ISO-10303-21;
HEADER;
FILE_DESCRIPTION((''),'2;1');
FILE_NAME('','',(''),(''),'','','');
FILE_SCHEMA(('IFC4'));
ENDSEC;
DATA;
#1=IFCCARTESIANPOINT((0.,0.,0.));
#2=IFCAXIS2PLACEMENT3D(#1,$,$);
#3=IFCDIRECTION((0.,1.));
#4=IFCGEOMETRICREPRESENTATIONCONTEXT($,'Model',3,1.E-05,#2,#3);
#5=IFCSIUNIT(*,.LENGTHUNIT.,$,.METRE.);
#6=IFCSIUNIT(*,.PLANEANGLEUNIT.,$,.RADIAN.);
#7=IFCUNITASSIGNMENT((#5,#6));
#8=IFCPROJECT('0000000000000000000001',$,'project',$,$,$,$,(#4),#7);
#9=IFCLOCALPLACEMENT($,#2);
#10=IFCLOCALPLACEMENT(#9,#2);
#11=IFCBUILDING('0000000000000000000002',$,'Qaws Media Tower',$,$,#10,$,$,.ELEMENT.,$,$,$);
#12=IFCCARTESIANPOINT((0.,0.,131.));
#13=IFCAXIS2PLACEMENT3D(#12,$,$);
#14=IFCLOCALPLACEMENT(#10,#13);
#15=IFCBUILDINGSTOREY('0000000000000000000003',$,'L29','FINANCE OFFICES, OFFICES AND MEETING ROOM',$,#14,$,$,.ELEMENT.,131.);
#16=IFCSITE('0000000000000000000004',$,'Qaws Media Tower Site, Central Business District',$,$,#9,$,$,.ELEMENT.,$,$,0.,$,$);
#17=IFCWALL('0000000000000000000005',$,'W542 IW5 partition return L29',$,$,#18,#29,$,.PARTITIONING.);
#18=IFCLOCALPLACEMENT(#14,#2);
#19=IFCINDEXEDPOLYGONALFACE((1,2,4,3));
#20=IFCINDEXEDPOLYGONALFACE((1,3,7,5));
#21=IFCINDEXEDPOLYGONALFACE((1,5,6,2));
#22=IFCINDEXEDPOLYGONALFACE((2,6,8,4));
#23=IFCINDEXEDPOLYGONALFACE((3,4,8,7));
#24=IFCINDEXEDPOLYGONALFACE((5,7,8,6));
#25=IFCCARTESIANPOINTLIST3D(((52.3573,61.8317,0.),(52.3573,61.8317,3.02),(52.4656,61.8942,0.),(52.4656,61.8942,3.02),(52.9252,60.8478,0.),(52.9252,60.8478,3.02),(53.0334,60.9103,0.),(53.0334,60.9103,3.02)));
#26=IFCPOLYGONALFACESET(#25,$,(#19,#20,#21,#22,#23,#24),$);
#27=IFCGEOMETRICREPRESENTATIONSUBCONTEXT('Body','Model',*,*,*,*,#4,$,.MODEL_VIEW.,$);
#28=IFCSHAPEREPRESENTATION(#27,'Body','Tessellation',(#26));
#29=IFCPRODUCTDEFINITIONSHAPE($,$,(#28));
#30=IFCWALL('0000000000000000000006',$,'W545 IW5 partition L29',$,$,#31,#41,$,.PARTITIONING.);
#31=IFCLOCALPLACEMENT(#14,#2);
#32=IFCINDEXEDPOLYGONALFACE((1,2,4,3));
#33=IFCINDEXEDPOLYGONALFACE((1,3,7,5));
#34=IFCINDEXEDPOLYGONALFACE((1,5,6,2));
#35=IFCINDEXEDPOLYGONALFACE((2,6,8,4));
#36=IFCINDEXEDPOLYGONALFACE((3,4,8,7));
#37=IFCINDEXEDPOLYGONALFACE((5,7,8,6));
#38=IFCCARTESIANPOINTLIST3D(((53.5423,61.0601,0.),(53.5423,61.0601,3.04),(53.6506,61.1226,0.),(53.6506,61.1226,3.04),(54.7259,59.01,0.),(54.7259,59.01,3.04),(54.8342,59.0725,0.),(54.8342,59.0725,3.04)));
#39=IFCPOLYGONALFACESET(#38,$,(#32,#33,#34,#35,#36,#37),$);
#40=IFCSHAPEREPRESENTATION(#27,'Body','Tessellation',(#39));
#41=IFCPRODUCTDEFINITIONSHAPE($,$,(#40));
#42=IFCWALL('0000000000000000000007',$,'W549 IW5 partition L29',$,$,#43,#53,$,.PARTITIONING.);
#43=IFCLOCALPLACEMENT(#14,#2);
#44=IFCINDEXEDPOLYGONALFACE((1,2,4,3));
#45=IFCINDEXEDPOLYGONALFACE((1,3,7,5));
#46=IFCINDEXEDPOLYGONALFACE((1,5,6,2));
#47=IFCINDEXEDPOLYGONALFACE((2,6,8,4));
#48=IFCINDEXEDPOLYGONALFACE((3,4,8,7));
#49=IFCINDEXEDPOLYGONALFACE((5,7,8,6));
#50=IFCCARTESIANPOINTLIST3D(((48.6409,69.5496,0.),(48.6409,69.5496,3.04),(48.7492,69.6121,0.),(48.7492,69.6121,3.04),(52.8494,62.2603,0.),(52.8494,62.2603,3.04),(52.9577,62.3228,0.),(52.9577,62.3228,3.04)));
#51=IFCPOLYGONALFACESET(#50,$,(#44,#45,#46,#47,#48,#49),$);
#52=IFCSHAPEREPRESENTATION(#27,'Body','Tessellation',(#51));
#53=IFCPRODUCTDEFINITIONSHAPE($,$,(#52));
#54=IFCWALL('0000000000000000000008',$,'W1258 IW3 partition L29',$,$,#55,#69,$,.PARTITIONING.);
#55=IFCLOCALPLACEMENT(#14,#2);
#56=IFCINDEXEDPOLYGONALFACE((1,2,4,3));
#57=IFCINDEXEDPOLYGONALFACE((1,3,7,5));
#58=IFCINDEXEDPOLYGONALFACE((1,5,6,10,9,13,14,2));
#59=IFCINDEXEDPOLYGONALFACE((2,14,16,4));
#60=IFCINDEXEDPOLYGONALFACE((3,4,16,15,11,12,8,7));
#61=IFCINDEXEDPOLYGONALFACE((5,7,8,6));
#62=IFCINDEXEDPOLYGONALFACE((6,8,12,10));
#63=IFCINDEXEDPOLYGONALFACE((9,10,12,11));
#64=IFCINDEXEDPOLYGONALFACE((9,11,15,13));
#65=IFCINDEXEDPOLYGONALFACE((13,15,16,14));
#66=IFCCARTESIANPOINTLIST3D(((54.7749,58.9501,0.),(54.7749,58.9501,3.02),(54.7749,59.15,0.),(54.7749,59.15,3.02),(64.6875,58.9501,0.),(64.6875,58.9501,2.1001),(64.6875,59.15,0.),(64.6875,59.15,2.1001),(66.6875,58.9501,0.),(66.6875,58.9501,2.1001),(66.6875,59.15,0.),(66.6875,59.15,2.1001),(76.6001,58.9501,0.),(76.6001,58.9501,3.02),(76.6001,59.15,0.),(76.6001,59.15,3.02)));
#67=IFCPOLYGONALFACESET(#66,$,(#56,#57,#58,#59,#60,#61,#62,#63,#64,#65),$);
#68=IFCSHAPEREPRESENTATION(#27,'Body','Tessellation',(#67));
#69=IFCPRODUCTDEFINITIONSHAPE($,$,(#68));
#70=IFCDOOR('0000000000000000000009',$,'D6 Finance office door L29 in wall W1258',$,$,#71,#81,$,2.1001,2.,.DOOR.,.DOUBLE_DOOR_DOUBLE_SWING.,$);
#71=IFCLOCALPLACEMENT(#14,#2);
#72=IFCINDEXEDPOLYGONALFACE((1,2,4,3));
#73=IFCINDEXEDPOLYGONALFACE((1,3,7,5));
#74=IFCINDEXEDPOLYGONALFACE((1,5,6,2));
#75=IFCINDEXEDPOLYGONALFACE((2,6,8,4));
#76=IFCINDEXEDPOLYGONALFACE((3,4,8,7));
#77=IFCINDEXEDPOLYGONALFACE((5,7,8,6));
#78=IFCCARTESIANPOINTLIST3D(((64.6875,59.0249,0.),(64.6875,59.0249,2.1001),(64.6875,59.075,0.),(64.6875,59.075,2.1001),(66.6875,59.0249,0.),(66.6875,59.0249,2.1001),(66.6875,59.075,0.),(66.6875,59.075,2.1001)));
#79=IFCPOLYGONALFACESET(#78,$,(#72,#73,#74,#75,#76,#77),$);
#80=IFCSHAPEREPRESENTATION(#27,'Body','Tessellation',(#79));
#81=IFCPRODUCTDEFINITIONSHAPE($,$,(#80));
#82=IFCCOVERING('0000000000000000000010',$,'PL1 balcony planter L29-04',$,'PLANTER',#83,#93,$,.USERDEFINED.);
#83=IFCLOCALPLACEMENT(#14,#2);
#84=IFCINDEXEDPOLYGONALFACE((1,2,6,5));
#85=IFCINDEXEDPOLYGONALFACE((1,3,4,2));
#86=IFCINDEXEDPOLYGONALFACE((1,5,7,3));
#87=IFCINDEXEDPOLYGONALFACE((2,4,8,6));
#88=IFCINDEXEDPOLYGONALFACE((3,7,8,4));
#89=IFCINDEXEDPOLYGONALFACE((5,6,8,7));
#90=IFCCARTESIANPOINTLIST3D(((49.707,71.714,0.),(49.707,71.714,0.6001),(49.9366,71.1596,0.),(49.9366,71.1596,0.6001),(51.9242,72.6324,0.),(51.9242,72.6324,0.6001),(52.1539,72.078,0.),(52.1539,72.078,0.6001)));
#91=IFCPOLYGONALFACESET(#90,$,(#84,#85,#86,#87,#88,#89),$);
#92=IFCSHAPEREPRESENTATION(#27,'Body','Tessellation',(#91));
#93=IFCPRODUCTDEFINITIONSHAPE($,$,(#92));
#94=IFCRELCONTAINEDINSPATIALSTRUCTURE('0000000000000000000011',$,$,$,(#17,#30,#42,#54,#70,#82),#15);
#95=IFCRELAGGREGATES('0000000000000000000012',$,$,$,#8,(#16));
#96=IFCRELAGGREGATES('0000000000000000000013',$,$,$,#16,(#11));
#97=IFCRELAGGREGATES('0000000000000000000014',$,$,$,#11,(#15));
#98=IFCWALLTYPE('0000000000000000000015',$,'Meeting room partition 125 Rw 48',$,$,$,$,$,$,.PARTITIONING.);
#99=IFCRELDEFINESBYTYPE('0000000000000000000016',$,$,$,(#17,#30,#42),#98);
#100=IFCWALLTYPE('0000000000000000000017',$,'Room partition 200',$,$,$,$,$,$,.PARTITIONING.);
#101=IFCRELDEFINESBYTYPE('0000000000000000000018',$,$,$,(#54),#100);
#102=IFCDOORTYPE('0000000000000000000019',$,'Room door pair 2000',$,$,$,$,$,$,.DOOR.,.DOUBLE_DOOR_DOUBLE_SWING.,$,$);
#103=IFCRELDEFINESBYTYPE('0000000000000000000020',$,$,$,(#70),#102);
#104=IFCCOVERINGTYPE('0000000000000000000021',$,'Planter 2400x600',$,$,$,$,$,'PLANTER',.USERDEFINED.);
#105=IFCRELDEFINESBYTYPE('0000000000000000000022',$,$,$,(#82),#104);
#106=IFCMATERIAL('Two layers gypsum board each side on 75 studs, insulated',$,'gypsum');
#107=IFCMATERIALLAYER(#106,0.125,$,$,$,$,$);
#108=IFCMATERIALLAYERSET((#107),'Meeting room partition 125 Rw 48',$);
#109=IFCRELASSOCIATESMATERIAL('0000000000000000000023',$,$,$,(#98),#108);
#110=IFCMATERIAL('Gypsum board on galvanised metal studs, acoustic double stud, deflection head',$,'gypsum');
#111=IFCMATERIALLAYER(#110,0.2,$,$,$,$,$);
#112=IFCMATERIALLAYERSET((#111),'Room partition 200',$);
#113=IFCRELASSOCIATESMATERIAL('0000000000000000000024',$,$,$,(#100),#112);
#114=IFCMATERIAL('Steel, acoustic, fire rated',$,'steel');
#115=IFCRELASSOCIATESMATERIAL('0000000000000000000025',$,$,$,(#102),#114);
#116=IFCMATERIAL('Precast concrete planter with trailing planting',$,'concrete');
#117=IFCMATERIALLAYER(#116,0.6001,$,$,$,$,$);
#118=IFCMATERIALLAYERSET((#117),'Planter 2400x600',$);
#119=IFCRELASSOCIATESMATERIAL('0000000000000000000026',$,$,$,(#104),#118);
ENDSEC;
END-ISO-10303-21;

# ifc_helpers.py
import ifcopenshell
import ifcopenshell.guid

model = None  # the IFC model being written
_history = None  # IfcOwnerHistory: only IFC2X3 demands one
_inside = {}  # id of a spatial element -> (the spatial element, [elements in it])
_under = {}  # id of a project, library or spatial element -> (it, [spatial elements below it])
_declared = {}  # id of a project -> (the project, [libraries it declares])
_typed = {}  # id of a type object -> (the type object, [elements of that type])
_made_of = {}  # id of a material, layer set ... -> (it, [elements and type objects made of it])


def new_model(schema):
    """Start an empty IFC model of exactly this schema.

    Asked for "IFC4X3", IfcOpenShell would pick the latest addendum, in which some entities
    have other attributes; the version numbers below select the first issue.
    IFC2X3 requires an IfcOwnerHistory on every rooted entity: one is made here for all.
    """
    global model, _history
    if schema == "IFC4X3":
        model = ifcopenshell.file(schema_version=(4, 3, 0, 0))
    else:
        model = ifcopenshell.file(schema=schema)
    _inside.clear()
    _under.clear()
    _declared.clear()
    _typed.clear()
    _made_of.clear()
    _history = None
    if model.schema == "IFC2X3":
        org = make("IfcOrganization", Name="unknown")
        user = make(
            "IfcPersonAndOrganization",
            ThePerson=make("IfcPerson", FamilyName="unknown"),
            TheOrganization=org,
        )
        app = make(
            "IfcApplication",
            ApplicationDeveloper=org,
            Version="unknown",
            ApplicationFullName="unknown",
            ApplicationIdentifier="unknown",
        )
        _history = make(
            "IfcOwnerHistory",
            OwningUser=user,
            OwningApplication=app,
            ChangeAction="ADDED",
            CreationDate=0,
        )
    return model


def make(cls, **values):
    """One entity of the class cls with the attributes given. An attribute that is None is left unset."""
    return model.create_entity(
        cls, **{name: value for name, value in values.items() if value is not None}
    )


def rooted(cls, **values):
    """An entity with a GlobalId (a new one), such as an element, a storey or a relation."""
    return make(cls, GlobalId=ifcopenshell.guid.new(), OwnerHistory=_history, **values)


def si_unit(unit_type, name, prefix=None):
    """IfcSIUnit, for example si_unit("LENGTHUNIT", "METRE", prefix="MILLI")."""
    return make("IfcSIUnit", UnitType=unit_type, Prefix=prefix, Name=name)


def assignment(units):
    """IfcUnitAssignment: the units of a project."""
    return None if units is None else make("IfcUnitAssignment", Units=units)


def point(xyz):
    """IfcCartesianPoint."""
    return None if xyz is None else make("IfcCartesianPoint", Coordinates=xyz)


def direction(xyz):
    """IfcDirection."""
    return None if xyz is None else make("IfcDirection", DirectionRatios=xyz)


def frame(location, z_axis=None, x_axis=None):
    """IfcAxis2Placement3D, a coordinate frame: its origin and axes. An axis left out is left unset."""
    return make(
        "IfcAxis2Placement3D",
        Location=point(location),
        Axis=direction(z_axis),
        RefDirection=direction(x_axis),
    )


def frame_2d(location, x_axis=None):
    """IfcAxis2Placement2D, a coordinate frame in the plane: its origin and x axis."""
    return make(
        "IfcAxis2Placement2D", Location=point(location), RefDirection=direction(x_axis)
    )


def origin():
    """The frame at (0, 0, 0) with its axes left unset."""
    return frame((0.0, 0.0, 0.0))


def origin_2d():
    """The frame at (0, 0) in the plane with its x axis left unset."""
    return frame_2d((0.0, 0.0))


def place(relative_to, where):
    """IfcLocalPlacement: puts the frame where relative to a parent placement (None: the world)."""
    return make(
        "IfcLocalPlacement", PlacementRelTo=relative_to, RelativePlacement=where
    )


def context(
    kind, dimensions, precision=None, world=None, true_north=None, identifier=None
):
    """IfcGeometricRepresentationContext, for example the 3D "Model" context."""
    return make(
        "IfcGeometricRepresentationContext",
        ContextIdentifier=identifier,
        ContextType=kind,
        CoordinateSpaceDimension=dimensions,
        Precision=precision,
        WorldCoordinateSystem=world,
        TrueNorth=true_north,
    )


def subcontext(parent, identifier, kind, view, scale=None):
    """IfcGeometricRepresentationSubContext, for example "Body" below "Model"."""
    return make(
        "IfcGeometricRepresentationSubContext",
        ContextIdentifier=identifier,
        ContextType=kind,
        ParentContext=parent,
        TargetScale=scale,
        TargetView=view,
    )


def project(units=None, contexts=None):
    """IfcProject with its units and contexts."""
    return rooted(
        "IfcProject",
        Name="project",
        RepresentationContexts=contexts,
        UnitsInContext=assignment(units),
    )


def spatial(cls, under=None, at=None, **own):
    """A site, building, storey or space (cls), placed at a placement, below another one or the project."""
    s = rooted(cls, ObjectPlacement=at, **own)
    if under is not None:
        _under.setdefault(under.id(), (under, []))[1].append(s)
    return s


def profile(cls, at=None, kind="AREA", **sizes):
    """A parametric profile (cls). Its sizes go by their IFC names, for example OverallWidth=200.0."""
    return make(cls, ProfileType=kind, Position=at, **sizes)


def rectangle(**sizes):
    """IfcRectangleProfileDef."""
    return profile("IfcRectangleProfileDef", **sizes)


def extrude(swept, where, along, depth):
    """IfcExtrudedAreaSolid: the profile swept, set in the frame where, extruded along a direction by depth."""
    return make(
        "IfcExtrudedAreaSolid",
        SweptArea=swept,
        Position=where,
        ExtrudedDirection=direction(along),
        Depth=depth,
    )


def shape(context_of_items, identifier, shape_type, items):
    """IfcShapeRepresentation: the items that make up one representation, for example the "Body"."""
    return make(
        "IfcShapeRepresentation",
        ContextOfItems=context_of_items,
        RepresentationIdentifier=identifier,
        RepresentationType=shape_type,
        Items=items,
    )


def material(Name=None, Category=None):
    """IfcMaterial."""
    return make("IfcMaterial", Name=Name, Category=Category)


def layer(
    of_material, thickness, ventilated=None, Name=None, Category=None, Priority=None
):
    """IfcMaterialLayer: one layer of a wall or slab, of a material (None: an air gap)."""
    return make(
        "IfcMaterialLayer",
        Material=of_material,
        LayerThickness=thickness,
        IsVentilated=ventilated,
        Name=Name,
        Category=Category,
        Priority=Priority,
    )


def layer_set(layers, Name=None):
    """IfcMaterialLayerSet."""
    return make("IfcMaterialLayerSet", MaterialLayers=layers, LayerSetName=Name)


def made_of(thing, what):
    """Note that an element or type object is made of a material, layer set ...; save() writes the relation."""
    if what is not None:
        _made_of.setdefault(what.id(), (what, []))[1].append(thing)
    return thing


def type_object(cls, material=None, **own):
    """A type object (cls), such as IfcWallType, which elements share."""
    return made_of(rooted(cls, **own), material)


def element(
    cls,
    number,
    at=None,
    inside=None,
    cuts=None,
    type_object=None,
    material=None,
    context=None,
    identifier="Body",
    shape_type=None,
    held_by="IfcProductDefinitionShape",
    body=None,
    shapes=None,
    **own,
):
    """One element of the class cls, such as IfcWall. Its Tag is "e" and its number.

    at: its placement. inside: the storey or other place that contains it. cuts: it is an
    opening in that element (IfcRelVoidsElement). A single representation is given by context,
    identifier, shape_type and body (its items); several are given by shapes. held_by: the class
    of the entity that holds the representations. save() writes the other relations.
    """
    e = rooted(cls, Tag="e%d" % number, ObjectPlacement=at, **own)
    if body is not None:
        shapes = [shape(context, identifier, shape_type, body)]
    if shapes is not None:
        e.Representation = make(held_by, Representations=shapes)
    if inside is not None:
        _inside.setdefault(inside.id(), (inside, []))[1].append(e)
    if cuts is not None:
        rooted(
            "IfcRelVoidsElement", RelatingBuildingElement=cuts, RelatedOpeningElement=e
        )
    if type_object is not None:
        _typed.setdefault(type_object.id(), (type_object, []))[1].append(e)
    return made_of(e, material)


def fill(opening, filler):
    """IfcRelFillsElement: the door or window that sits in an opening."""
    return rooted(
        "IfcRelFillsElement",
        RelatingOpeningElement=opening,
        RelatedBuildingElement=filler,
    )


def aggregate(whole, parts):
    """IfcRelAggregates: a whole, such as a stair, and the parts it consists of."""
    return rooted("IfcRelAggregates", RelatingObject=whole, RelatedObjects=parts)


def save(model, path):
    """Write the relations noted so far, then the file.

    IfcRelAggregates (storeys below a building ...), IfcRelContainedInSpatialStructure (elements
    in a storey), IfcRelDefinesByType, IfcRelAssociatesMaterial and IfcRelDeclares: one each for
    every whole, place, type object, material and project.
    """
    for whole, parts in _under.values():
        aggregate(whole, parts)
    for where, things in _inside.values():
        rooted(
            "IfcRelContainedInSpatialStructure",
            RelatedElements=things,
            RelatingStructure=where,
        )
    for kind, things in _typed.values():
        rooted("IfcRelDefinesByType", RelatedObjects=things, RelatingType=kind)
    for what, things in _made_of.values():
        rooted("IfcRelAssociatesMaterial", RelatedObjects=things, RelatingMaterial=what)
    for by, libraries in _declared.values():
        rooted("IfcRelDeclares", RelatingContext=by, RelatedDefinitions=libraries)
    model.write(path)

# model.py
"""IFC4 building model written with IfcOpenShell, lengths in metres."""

from ifc_helpers import new_model, si_unit, direction, frame, frame_2d, origin, origin_2d, place, context, subcontext, project, spatial, rectangle, extrude, material, layer, layer_set, type_object, element, fill, save


model = new_model("IFC4")

# Units and contexts
model_context = context("Model", 3, precision=1e-05, world=origin(), true_north=direction((0.0, 1.0)))
body_context = subcontext(model_context, "Body", "Model", "MODEL_VIEW")
ifc_project = project(units=[si_unit("LENGTHUNIT", "METRE"), si_unit("PLANEANGLEUNIT", "RADIAN")], contexts=[model_context])

# Site, building, storey
site_placement = place(None, origin())
site = spatial("IfcSite", under=ifc_project, at=site_placement, Name="Qaws Media Tower Site, Central Business District", CompositionType="ELEMENT", RefElevation=0.0)
building_placement = place(site_placement, origin())
building = spatial("IfcBuilding", under=site, at=building_placement, Name="Qaws Media Tower", CompositionType="ELEMENT")
storey_placement = place(building_placement, frame((0.0, 0.0, 131.0)))
storey = spatial("IfcBuildingStorey", under=building, at=storey_placement, Name="L29", Description="FINANCE OFFICES, OFFICES AND MEETING ROOM", CompositionType="ELEMENT", Elevation=131.0)

# Walls
ifc_material_1 = material(Name="Two layers gypsum board each side on 75 studs, insulated", Category="gypsum")
ifc_layer_1 = layer(ifc_material_1, 0.125)
ifc_layer_set_1 = layer_set([ifc_layer_1], Name="Meeting room partition 125 Rw 48")
wall_type_1 = type_object("IfcWallType", Name="Meeting room partition 125 Rw 48", PredefinedType="PARTITIONING", material=ifc_layer_set_1)
wall_1_placement = place(storey_placement, frame((52.9792, 60.8792, 0.0), z_axis=(0.0, 0.0, 1.0), x_axis=(-0.499884, 0.866093, 0.0)))
element("IfcWall", 1, at=wall_1_placement, inside=storey, type_object=wall_type_1, Name="W542 IW5 partition return L29", PredefinedType="PARTITIONING", context=body_context, shape_type="SweptSolid", body=[
    extrude(rectangle(XDim=1.136, YDim=0.125, at=frame_2d((0.5679, 0.0))), origin(), (0.0, 0.0, 1.0), 3.02),
])
wall_2_placement = place(storey_placement, frame((54.78, 59.0413, 0.0), z_axis=(0.0, 0.0, 1.0), x_axis=(-0.499999, 0.866026, 0.0)))
element("IfcWall", 2, at=wall_2_placement, inside=storey, type_object=wall_type_1, Name="W545 IW5 partition L29", PredefinedType="PARTITIONING", context=body_context, shape_type="SweptSolid", body=[
    extrude(rectangle(XDim=2.3672, YDim=0.125, at=frame_2d((1.1836, 0.0))), origin(), (0.0, 0.0, 1.0), 3.04),
])
wall_3_placement = place(storey_placement, frame((52.9036, 62.2915, 0.0), z_axis=(0.0, 0.0, 1.0), x_axis=(-0.500001, 0.866025, 0.0)))
element("IfcWall", 3, at=wall_3_placement, inside=storey, type_object=wall_type_1, Name="W549 IW5 partition L29", PredefinedType="PARTITIONING", context=body_context, shape_type="SweptSolid", body=[
    extrude(rectangle(XDim=8.417, YDim=0.125, at=frame_2d((4.2085, 0.0))), origin(), (0.0, 0.0, 1.0), 3.04),
])

# Wall, opening, door
ifc_material_2 = material(Name="Gypsum board on galvanised metal studs, acoustic double stud, deflection head", Category="gypsum")
ifc_layer_2 = layer(ifc_material_2, 0.2)
ifc_layer_set_2 = layer_set([ifc_layer_2], Name="Room partition 200")
wall_type_2 = type_object("IfcWallType", Name="Room partition 200", PredefinedType="PARTITIONING", material=ifc_layer_set_2)
wall_4_placement = place(storey_placement, frame((54.7749, 59.05, 0.0), z_axis=(0.0, 0.0, 1.0), x_axis=(1.0, 0.0, 0.0)))
wall_4 = element("IfcWall", 4, at=wall_4_placement, inside=storey, type_object=wall_type_2, Name="W1258 IW3 partition L29", PredefinedType="PARTITIONING", context=body_context, shape_type="SweptSolid", body=[
    extrude(rectangle(XDim=21.8252, YDim=0.2, at=frame_2d((10.9126, 0.0))), origin(), (0.0, 0.0, 1.0), 3.02),
])
opening_placement = place(wall_4_placement, frame((9.9126, 0.0, 0.0)))
opening = element("IfcOpeningElement", 5, at=opening_placement, cuts=wall_4, PredefinedType="OPENING", context=body_context, shape_type="SweptSolid", body=[
    extrude(rectangle(XDim=2.0, YDim=2.1001, at=frame_2d((1.0, 1.05))), frame((0.0, 0.1099, 0.0), z_axis=(0.0, -1.0, 0.0), x_axis=(1.0, 0.0, 0.0)), (0.0, 0.0, 1.0), 0.22),
])
ifc_material_3 = material(Name="Steel, acoustic, fire rated", Category="steel")
door_type = type_object("IfcDoorType", Name="Room door pair 2000", OperationType="DOUBLE_DOOR_DOUBLE_SWING", PredefinedType="DOOR", material=ifc_material_3)
door_placement = place(opening_placement, origin())
door = element("IfcDoor", 6, at=door_placement, inside=storey, type_object=door_type, Name="D6 Finance office door L29 in wall W1258", OperationType="DOUBLE_DOOR_DOUBLE_SWING", OverallHeight=2.1001, OverallWidth=2.0, PredefinedType="DOOR", context=body_context, shape_type="SweptSolid", body=[
    extrude(rectangle(XDim=2.0, YDim=2.1001, at=frame_2d((1.0, 1.05))), frame((0.0, 0.0249, 0.0), z_axis=(0.0, -1.0, 0.0), x_axis=(1.0, 0.0, 0.0)), (0.0, 0.0, 1.0), 0.05),
])
fill(opening, door)

# Covering
ifc_material_4 = material(Name="Precast concrete planter with trailing planting", Category="concrete")
ifc_layer_3 = layer(ifc_material_4, 0.6001)
ifc_layer_set_3 = layer_set([ifc_layer_3], Name="Planter 2400x600")
covering_type = type_object("IfcCoveringType", Name="Planter 2400x600", ElementType="PLANTER", PredefinedType="USERDEFINED", material=ifc_layer_set_3)
covering_placement = place(storey_placement, frame((50.9304, 71.896, 0.0), z_axis=(0.0, 0.0, 1.0), x_axis=(-0.92388, -0.382683, 0.0)))
element("IfcCovering", 7, at=covering_placement, inside=storey, type_object=covering_type, Name="PL1 balcony planter L29-04", ObjectType="PLANTER", PredefinedType="USERDEFINED", context=body_context, shape_type="SweptSolid", body=[
    extrude(rectangle(XDim=2.3999, YDim=0.6001, at=origin_2d()), origin(), (0.0, 0.0, 1.0), 0.6001),
])

save(model, "model.ifc")
